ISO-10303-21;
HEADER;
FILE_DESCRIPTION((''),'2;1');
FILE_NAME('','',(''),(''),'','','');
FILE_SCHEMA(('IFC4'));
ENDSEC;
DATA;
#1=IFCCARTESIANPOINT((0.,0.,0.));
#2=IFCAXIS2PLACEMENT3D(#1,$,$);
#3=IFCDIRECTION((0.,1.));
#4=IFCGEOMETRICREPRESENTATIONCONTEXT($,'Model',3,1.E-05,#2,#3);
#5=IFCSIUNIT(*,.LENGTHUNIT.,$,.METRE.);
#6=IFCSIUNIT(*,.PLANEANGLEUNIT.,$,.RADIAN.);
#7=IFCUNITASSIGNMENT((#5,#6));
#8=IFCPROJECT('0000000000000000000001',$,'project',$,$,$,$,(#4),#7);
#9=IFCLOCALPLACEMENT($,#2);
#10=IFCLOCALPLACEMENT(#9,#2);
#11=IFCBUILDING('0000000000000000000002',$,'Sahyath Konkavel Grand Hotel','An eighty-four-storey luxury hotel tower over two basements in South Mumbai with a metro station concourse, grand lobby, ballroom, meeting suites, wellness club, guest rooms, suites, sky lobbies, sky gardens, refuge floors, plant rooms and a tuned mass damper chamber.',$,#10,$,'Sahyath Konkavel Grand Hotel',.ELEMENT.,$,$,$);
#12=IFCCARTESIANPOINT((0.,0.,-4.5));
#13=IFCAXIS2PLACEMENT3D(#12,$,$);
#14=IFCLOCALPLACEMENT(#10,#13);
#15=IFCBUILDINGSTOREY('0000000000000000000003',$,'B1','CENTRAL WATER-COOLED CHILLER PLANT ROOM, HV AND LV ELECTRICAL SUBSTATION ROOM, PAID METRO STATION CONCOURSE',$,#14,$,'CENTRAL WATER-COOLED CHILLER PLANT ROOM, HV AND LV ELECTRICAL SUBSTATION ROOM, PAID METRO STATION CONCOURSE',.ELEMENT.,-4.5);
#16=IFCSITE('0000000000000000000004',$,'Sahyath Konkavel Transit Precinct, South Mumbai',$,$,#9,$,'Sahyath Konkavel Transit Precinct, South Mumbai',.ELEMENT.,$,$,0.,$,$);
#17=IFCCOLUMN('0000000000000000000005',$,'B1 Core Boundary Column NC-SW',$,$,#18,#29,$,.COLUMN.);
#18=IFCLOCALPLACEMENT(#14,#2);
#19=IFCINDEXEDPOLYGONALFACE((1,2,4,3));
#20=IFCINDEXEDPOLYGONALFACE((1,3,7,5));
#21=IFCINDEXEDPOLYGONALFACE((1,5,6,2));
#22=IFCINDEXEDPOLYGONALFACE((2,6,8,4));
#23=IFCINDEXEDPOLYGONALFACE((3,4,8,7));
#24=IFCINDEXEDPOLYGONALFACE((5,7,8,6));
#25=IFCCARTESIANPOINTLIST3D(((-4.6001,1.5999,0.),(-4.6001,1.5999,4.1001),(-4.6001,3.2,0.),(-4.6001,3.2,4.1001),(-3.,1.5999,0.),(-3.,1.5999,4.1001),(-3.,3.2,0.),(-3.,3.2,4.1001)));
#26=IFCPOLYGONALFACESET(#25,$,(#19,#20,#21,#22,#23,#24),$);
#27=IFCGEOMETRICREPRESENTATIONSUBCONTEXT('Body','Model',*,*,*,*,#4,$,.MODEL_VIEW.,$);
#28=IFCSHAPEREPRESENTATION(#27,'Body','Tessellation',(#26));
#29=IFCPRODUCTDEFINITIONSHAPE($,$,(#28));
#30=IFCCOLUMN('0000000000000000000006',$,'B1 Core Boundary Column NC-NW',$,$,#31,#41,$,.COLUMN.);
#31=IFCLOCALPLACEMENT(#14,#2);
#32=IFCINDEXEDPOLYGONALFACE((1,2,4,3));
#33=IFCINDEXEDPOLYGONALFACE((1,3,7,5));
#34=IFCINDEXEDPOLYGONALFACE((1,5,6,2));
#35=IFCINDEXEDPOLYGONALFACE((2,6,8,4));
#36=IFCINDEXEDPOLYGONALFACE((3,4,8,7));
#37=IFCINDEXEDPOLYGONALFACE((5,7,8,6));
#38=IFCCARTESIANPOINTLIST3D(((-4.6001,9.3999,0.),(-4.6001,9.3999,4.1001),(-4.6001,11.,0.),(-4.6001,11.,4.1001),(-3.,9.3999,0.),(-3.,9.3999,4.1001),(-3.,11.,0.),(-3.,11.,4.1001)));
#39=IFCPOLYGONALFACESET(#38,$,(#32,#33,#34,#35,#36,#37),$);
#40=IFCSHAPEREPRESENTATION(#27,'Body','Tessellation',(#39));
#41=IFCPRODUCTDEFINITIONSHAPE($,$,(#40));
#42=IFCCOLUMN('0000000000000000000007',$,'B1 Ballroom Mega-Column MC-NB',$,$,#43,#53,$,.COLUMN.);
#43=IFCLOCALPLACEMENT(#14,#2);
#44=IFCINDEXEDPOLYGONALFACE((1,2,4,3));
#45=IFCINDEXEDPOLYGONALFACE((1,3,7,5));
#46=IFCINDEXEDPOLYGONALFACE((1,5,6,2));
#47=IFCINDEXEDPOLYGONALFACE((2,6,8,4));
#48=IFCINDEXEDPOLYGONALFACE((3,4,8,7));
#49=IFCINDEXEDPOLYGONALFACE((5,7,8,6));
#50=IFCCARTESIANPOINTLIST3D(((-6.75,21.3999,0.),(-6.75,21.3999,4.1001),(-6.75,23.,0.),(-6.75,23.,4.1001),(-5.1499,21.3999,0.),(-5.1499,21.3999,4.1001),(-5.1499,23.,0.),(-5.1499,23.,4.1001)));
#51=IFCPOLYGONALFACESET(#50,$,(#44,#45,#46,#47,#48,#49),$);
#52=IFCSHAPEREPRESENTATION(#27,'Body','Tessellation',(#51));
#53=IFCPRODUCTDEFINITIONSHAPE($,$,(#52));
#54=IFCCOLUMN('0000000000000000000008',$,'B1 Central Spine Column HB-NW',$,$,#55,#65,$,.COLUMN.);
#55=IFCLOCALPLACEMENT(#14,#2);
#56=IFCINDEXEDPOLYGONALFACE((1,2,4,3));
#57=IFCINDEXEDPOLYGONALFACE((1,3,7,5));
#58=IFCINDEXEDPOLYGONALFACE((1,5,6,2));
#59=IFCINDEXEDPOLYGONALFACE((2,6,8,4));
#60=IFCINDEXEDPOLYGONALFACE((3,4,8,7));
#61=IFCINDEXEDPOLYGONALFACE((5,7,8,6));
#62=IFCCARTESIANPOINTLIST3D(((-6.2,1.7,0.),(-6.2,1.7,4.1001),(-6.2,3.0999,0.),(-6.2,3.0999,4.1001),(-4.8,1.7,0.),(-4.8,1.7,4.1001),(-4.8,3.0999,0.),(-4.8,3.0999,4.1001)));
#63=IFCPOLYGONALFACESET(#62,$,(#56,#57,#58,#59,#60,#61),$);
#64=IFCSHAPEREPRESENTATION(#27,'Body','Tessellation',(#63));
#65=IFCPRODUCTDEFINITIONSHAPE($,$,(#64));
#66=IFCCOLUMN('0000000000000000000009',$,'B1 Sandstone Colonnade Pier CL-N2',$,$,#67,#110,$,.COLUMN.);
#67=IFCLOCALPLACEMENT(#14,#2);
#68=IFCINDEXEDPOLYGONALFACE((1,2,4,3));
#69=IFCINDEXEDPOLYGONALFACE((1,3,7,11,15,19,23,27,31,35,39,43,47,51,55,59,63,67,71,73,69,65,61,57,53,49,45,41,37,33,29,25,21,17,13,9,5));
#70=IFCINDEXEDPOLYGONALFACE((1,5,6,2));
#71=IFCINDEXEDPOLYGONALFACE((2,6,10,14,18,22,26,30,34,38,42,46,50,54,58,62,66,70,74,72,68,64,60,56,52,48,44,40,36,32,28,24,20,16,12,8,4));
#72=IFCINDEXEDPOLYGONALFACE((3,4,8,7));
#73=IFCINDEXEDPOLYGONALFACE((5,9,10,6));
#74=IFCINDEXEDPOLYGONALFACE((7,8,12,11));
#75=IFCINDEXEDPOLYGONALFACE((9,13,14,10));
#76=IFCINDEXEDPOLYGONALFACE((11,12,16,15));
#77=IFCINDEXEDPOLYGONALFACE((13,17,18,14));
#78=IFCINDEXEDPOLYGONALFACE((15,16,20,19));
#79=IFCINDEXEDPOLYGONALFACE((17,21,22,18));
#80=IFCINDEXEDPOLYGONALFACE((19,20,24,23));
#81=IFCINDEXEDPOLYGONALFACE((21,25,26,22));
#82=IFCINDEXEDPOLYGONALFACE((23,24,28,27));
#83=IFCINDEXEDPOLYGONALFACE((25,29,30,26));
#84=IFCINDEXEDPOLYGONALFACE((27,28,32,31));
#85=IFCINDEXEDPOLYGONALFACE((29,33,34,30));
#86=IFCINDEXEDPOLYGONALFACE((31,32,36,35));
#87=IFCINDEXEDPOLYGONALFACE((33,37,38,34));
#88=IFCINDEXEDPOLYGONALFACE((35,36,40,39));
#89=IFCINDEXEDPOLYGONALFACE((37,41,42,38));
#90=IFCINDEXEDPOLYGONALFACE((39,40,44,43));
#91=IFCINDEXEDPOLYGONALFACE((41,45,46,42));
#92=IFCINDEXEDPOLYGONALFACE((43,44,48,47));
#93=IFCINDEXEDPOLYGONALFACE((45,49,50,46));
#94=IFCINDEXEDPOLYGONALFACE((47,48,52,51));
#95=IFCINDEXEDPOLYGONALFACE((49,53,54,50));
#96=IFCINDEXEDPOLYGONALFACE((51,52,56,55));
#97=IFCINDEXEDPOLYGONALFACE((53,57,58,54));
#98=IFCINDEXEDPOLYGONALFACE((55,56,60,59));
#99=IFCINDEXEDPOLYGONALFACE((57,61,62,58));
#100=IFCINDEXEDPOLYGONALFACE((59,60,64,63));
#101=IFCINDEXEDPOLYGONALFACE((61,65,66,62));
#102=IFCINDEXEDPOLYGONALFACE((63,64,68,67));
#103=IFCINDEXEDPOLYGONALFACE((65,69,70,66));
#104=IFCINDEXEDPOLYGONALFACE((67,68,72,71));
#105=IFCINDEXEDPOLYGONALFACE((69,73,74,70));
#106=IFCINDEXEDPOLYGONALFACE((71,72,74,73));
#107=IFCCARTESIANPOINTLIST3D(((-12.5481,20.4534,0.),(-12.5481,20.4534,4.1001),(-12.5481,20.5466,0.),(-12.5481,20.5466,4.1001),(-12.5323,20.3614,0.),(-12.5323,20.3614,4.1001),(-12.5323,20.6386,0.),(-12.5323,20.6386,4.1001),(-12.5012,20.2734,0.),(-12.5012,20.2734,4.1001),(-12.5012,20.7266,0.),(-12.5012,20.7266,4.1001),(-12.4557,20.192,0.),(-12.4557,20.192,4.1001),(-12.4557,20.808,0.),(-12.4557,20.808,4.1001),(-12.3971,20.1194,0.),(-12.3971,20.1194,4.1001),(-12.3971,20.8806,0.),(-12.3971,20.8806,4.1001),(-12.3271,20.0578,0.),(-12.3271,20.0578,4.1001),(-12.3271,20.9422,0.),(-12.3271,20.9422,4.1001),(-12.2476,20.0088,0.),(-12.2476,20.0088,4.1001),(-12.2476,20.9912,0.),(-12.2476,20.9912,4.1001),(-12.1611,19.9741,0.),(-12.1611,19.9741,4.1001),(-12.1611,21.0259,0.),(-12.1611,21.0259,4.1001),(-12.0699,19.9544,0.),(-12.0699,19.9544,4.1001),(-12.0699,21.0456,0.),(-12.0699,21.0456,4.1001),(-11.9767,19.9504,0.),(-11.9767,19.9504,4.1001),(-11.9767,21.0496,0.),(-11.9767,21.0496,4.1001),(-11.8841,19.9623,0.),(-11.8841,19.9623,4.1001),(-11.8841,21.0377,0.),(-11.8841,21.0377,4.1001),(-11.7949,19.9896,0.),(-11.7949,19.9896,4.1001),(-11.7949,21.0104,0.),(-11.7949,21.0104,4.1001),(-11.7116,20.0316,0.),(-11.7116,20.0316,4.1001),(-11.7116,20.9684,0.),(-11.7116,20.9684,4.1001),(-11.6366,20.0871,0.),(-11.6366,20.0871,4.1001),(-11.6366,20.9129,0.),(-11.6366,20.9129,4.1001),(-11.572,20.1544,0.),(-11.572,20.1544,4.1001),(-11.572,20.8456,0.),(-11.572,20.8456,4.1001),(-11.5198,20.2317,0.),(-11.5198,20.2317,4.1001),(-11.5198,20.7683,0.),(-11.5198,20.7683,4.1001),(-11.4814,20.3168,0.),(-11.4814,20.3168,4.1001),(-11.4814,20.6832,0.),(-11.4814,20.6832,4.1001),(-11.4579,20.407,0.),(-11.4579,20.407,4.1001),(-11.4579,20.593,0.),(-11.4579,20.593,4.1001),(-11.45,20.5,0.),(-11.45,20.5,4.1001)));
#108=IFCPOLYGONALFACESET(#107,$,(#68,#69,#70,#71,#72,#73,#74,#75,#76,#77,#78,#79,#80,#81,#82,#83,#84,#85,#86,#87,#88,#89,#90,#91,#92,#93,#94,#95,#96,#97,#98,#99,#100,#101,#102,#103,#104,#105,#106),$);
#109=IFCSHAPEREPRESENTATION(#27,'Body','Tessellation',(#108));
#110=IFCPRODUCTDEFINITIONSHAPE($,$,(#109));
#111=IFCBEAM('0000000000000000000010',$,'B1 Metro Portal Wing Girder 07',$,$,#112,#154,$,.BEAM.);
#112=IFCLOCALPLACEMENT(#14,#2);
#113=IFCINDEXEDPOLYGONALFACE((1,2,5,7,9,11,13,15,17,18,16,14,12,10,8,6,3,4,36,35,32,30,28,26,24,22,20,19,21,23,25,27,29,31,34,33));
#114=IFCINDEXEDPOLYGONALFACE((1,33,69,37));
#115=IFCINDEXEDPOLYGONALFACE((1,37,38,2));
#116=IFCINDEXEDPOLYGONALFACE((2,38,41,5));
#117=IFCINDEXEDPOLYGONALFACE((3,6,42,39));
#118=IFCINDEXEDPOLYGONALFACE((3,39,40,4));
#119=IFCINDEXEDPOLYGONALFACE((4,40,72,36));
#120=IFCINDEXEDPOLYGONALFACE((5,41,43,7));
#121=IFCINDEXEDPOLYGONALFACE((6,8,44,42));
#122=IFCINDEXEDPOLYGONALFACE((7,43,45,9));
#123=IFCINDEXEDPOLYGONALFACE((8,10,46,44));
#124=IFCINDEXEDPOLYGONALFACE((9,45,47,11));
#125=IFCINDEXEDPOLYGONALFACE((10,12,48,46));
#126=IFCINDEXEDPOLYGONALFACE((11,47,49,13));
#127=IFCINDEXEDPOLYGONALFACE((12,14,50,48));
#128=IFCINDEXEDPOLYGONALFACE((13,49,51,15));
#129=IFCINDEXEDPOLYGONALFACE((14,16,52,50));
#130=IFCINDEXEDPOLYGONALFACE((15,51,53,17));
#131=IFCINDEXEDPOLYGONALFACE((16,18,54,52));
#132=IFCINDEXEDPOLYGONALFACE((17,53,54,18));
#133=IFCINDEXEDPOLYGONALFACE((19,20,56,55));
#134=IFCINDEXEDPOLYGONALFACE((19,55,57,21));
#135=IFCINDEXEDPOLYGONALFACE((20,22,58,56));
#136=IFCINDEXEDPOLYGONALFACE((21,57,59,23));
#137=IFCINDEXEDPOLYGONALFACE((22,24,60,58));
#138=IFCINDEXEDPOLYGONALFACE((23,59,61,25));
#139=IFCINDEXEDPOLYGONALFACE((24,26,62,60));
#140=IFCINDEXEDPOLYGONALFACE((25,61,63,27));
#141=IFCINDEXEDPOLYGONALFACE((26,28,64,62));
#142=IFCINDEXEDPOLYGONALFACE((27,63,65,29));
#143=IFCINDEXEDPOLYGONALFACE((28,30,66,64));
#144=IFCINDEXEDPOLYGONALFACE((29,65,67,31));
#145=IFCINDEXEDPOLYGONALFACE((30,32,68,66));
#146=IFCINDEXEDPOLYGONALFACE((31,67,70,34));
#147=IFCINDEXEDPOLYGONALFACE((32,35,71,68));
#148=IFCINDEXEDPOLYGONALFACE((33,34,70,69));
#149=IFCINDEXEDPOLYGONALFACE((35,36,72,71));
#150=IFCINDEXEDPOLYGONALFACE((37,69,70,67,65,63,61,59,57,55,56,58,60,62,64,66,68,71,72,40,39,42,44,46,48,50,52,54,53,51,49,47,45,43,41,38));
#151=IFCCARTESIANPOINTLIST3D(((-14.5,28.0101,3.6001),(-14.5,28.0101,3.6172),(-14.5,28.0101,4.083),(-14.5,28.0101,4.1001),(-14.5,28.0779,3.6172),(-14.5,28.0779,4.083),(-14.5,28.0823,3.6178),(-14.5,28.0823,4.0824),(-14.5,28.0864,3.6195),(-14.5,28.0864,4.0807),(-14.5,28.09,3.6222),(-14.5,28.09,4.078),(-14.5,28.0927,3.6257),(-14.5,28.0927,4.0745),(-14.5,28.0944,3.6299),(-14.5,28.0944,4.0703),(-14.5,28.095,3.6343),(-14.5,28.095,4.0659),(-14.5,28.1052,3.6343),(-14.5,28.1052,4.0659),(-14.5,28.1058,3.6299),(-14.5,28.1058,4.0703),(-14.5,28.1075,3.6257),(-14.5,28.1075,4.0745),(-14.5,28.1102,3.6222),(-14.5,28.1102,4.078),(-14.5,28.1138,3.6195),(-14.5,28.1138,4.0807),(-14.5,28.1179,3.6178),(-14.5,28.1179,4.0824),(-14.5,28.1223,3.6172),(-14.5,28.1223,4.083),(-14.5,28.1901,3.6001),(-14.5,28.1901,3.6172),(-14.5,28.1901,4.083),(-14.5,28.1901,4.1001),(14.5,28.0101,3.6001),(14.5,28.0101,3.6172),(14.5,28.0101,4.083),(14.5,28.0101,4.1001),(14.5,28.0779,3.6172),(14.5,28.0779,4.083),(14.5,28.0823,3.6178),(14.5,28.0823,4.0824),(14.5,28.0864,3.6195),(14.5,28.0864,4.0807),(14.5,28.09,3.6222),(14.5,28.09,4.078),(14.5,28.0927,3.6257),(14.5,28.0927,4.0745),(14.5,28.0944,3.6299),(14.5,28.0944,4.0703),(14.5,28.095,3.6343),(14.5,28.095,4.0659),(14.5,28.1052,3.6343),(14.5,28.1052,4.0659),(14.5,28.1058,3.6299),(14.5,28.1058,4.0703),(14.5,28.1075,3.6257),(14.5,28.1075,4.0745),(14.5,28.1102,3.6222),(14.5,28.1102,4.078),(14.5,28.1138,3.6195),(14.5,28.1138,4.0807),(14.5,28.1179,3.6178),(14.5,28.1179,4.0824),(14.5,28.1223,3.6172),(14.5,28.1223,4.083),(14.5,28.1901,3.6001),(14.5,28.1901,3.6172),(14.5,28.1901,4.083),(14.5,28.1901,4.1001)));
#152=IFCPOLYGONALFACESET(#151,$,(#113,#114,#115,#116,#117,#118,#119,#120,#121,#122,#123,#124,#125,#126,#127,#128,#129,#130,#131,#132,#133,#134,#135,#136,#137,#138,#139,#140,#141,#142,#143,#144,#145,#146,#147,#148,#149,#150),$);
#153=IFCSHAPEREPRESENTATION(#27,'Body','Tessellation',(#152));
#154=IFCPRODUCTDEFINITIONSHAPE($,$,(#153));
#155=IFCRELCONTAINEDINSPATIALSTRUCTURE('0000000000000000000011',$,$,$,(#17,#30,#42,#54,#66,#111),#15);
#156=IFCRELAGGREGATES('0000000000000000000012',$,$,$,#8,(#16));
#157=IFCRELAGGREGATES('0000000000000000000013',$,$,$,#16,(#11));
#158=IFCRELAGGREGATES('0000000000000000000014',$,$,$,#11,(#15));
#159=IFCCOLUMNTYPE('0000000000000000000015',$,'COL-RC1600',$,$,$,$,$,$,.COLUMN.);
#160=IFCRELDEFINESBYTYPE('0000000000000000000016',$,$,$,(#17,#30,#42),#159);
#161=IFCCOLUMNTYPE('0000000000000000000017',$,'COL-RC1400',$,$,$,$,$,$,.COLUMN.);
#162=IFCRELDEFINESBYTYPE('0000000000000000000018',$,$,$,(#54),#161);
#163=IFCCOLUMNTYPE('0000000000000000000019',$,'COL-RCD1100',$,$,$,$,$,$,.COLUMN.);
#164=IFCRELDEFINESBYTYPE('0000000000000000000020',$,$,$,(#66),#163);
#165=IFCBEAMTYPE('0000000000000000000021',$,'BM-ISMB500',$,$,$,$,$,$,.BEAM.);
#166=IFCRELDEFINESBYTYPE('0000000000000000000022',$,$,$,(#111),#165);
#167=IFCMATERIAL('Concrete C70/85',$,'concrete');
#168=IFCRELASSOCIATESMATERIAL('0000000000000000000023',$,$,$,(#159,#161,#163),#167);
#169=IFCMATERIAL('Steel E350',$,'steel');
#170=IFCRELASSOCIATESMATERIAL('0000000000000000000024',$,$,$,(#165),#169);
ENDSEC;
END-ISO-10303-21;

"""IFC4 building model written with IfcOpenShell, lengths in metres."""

from ifc_helpers import new_model, si_unit, direction, frame, origin, origin_2d, place, context, subcontext, project, spatial, rectangle, circle, i_section, extrude, source, transform, mapped, material, material_profile, profile_set, type_object, element, save


model = new_model("IFC4")

# Units and contexts
model_context = context("Model", 3, precision=1e-05, world=origin(), true_north=direction((0.0, 1.0)))
body_context = subcontext(model_context, "Body", "Model", "MODEL_VIEW")
ifc_project = project(units=[si_unit("LENGTHUNIT", "METRE"), si_unit("PLANEANGLEUNIT", "RADIAN")], contexts=[model_context])

# Site, building, storey
site_placement = place(None, origin())
site = spatial("IfcSite", under=ifc_project, at=site_placement, Name="Sahyath Konkavel Transit Precinct, South Mumbai", LongName="Sahyath Konkavel Transit Precinct, South Mumbai", CompositionType="ELEMENT", RefElevation=0.0)
building_placement = place(site_placement, origin())
building = spatial("IfcBuilding", under=site, at=building_placement, Name="Sahyath Konkavel Grand Hotel", Description="An eighty-four-storey luxury hotel tower over two basements in South Mumbai with a metro station concourse, grand lobby, ballroom, meeting suites, wellness club, guest rooms, suites, sky lobbies, sky gardens, refuge floors, plant rooms and a tuned mass damper chamber.", LongName="Sahyath Konkavel Grand Hotel", CompositionType="ELEMENT")
storey_placement = place(building_placement, frame((0.0, 0.0, -4.5)))
storey = spatial("IfcBuildingStorey", under=building, at=storey_placement, Name="B1", Description="CENTRAL WATER-COOLED CHILLER PLANT ROOM, HV AND LV ELECTRICAL SUBSTATION ROOM, PAID METRO STATION CONCOURSE", LongName="CENTRAL WATER-COOLED CHILLER PLANT ROOM, HV AND LV ELECTRICAL SUBSTATION ROOM, PAID METRO STATION CONCOURSE", CompositionType="ELEMENT", Elevation=-4.5)

# Columns
ifc_material_1 = material(Name="Concrete C70/85", Category="concrete")
ifc_material_profile_1 = material_profile(ifc_material_1, rectangle(XDim=1.6001, YDim=1.6001, at=origin_2d()), Name="RC 1600x1600")
ifc_profile_set_1 = profile_set([ifc_material_profile_1], Name="Concrete C70/85")
column_type_1 = type_object("IfcColumnType", Name="COL-RC1600", PredefinedType="COLUMN", material=ifc_profile_set_1)
shared_shape_1 = source(origin(), body_context, "Body", "SweptSolid", [
    extrude(rectangle(XDim=1.6001, YDim=1.6001, at=origin_2d()), origin(), (0.0, 0.0, 1.0), 4.1001),
])
for number, where, z_axis, x_axis, name in (
    (1, (-3.8, 2.3999, 0.0), (0.0, 0.0, 1.0), (1.0, 0.0, 0.0), "B1 Core Boundary Column NC-SW"),
    (2, (-3.8, 10.2, 0.0), (0.0, 0.0, 1.0), (1.0, 0.0, 0.0), "B1 Core Boundary Column NC-NW"),
    (3, (-5.95, 22.2, 0.0), (0.0, 0.0, 1.0), (1.0, 0.0, 0.0), "B1 Ballroom Mega-Column MC-NB"),
):
    element("IfcColumn", number, at=place(storey_placement, frame(where, z_axis=z_axis, x_axis=x_axis)), inside=storey, type_object=column_type_1, Name=name, PredefinedType="COLUMN", context=body_context, shape_type="MappedRepresentation", body=[
        mapped(shared_shape_1, transform((0.0, 0.0, 0.0), scale=1.0)),
    ])
ifc_material_profile_2 = material_profile(ifc_material_1, rectangle(XDim=1.3999, YDim=1.3999, at=origin_2d()), Name="RC 1400x1400")
ifc_profile_set_2 = profile_set([ifc_material_profile_2], Name="Concrete C70/85")
column_type_2 = type_object("IfcColumnType", Name="COL-RC1400", PredefinedType="COLUMN", material=ifc_profile_set_2)
shared_shape_2 = source(origin(), body_context, "Body", "SweptSolid", [
    extrude(rectangle(XDim=1.3999, YDim=1.3999, at=origin_2d()), origin(), (0.0, 0.0, 1.0), 4.1001),
])
column_1_placement = place(storey_placement, frame((-5.5, 2.3999, 0.0), z_axis=(0.0, 0.0, 1.0), x_axis=(1.0, 0.0, 0.0)))
element("IfcColumn", 4, at=column_1_placement, inside=storey, type_object=column_type_2, Name="B1 Central Spine Column HB-NW", PredefinedType="COLUMN", context=body_context, shape_type="MappedRepresentation", body=[
    mapped(shared_shape_2, transform((0.0, 0.0, 0.0), scale=1.0)),
])
ifc_material_profile_3 = material_profile(ifc_material_1, circle(Radius=0.55, at=origin_2d()), Name="RC D1100")
ifc_profile_set_3 = profile_set([ifc_material_profile_3], Name="Concrete C70/85")
column_type_3 = type_object("IfcColumnType", Name="COL-RCD1100", PredefinedType="COLUMN", material=ifc_profile_set_3)
shared_shape_3 = source(origin(), body_context, "Body", "SweptSolid", [
    extrude(circle(Radius=0.55, at=origin_2d()), origin(), (0.0, 0.0, 1.0), 4.1001),
])
column_2_placement = place(storey_placement, frame((-12.0, 20.5, 0.0), z_axis=(0.0, 0.0, 1.0), x_axis=(1.0, 0.0, 0.0)))
element("IfcColumn", 5, at=column_2_placement, inside=storey, type_object=column_type_3, Name="B1 Sandstone Colonnade Pier CL-N2", PredefinedType="COLUMN", context=body_context, shape_type="MappedRepresentation", body=[
    mapped(shared_shape_3, transform((0.0, 0.0, 0.0), scale=1.0)),
])

# Beam
ifc_material_2 = material(Name="Steel E350", Category="steel")
ifc_material_profile_4 = material_profile(ifc_material_2, i_section(OverallWidth=0.1799, OverallDepth=0.5, WebThickness=0.0103, FlangeThickness=0.0171, FilletRadius=0.0171, at=origin_2d()), Name="ISMB 500")
ifc_profile_set_4 = profile_set([ifc_material_profile_4], Name="Steel E350")
beam_type_1 = type_object("IfcBeamType", Name="BM-ISMB500", PredefinedType="BEAM", material=ifc_profile_set_4)
shared_shape_4 = source(origin(), body_context, "Body", "SweptSolid", [
    extrude(i_section(OverallWidth=0.1799, OverallDepth=0.5, WebThickness=0.0103, FlangeThickness=0.0171, FilletRadius=0.0171, at=origin_2d()), origin(), (0.0, 0.0, 1.0), 29.0),
])
beam_1_placement = place(storey_placement, frame((-14.5, 28.1001, 3.8501), z_axis=(1.0, 0.0, 0.0), x_axis=(0.0, 1.0, 0.0)))
element("IfcBeam", 6, at=beam_1_placement, inside=storey, type_object=beam_type_1, Name="B1 Metro Portal Wing Girder 07", PredefinedType="BEAM", context=body_context, shape_type="MappedRepresentation", body=[
    mapped(shared_shape_4, transform((0.0, 0.0, 0.0), scale=1.0)),
])

save(model, "model.ifc")
